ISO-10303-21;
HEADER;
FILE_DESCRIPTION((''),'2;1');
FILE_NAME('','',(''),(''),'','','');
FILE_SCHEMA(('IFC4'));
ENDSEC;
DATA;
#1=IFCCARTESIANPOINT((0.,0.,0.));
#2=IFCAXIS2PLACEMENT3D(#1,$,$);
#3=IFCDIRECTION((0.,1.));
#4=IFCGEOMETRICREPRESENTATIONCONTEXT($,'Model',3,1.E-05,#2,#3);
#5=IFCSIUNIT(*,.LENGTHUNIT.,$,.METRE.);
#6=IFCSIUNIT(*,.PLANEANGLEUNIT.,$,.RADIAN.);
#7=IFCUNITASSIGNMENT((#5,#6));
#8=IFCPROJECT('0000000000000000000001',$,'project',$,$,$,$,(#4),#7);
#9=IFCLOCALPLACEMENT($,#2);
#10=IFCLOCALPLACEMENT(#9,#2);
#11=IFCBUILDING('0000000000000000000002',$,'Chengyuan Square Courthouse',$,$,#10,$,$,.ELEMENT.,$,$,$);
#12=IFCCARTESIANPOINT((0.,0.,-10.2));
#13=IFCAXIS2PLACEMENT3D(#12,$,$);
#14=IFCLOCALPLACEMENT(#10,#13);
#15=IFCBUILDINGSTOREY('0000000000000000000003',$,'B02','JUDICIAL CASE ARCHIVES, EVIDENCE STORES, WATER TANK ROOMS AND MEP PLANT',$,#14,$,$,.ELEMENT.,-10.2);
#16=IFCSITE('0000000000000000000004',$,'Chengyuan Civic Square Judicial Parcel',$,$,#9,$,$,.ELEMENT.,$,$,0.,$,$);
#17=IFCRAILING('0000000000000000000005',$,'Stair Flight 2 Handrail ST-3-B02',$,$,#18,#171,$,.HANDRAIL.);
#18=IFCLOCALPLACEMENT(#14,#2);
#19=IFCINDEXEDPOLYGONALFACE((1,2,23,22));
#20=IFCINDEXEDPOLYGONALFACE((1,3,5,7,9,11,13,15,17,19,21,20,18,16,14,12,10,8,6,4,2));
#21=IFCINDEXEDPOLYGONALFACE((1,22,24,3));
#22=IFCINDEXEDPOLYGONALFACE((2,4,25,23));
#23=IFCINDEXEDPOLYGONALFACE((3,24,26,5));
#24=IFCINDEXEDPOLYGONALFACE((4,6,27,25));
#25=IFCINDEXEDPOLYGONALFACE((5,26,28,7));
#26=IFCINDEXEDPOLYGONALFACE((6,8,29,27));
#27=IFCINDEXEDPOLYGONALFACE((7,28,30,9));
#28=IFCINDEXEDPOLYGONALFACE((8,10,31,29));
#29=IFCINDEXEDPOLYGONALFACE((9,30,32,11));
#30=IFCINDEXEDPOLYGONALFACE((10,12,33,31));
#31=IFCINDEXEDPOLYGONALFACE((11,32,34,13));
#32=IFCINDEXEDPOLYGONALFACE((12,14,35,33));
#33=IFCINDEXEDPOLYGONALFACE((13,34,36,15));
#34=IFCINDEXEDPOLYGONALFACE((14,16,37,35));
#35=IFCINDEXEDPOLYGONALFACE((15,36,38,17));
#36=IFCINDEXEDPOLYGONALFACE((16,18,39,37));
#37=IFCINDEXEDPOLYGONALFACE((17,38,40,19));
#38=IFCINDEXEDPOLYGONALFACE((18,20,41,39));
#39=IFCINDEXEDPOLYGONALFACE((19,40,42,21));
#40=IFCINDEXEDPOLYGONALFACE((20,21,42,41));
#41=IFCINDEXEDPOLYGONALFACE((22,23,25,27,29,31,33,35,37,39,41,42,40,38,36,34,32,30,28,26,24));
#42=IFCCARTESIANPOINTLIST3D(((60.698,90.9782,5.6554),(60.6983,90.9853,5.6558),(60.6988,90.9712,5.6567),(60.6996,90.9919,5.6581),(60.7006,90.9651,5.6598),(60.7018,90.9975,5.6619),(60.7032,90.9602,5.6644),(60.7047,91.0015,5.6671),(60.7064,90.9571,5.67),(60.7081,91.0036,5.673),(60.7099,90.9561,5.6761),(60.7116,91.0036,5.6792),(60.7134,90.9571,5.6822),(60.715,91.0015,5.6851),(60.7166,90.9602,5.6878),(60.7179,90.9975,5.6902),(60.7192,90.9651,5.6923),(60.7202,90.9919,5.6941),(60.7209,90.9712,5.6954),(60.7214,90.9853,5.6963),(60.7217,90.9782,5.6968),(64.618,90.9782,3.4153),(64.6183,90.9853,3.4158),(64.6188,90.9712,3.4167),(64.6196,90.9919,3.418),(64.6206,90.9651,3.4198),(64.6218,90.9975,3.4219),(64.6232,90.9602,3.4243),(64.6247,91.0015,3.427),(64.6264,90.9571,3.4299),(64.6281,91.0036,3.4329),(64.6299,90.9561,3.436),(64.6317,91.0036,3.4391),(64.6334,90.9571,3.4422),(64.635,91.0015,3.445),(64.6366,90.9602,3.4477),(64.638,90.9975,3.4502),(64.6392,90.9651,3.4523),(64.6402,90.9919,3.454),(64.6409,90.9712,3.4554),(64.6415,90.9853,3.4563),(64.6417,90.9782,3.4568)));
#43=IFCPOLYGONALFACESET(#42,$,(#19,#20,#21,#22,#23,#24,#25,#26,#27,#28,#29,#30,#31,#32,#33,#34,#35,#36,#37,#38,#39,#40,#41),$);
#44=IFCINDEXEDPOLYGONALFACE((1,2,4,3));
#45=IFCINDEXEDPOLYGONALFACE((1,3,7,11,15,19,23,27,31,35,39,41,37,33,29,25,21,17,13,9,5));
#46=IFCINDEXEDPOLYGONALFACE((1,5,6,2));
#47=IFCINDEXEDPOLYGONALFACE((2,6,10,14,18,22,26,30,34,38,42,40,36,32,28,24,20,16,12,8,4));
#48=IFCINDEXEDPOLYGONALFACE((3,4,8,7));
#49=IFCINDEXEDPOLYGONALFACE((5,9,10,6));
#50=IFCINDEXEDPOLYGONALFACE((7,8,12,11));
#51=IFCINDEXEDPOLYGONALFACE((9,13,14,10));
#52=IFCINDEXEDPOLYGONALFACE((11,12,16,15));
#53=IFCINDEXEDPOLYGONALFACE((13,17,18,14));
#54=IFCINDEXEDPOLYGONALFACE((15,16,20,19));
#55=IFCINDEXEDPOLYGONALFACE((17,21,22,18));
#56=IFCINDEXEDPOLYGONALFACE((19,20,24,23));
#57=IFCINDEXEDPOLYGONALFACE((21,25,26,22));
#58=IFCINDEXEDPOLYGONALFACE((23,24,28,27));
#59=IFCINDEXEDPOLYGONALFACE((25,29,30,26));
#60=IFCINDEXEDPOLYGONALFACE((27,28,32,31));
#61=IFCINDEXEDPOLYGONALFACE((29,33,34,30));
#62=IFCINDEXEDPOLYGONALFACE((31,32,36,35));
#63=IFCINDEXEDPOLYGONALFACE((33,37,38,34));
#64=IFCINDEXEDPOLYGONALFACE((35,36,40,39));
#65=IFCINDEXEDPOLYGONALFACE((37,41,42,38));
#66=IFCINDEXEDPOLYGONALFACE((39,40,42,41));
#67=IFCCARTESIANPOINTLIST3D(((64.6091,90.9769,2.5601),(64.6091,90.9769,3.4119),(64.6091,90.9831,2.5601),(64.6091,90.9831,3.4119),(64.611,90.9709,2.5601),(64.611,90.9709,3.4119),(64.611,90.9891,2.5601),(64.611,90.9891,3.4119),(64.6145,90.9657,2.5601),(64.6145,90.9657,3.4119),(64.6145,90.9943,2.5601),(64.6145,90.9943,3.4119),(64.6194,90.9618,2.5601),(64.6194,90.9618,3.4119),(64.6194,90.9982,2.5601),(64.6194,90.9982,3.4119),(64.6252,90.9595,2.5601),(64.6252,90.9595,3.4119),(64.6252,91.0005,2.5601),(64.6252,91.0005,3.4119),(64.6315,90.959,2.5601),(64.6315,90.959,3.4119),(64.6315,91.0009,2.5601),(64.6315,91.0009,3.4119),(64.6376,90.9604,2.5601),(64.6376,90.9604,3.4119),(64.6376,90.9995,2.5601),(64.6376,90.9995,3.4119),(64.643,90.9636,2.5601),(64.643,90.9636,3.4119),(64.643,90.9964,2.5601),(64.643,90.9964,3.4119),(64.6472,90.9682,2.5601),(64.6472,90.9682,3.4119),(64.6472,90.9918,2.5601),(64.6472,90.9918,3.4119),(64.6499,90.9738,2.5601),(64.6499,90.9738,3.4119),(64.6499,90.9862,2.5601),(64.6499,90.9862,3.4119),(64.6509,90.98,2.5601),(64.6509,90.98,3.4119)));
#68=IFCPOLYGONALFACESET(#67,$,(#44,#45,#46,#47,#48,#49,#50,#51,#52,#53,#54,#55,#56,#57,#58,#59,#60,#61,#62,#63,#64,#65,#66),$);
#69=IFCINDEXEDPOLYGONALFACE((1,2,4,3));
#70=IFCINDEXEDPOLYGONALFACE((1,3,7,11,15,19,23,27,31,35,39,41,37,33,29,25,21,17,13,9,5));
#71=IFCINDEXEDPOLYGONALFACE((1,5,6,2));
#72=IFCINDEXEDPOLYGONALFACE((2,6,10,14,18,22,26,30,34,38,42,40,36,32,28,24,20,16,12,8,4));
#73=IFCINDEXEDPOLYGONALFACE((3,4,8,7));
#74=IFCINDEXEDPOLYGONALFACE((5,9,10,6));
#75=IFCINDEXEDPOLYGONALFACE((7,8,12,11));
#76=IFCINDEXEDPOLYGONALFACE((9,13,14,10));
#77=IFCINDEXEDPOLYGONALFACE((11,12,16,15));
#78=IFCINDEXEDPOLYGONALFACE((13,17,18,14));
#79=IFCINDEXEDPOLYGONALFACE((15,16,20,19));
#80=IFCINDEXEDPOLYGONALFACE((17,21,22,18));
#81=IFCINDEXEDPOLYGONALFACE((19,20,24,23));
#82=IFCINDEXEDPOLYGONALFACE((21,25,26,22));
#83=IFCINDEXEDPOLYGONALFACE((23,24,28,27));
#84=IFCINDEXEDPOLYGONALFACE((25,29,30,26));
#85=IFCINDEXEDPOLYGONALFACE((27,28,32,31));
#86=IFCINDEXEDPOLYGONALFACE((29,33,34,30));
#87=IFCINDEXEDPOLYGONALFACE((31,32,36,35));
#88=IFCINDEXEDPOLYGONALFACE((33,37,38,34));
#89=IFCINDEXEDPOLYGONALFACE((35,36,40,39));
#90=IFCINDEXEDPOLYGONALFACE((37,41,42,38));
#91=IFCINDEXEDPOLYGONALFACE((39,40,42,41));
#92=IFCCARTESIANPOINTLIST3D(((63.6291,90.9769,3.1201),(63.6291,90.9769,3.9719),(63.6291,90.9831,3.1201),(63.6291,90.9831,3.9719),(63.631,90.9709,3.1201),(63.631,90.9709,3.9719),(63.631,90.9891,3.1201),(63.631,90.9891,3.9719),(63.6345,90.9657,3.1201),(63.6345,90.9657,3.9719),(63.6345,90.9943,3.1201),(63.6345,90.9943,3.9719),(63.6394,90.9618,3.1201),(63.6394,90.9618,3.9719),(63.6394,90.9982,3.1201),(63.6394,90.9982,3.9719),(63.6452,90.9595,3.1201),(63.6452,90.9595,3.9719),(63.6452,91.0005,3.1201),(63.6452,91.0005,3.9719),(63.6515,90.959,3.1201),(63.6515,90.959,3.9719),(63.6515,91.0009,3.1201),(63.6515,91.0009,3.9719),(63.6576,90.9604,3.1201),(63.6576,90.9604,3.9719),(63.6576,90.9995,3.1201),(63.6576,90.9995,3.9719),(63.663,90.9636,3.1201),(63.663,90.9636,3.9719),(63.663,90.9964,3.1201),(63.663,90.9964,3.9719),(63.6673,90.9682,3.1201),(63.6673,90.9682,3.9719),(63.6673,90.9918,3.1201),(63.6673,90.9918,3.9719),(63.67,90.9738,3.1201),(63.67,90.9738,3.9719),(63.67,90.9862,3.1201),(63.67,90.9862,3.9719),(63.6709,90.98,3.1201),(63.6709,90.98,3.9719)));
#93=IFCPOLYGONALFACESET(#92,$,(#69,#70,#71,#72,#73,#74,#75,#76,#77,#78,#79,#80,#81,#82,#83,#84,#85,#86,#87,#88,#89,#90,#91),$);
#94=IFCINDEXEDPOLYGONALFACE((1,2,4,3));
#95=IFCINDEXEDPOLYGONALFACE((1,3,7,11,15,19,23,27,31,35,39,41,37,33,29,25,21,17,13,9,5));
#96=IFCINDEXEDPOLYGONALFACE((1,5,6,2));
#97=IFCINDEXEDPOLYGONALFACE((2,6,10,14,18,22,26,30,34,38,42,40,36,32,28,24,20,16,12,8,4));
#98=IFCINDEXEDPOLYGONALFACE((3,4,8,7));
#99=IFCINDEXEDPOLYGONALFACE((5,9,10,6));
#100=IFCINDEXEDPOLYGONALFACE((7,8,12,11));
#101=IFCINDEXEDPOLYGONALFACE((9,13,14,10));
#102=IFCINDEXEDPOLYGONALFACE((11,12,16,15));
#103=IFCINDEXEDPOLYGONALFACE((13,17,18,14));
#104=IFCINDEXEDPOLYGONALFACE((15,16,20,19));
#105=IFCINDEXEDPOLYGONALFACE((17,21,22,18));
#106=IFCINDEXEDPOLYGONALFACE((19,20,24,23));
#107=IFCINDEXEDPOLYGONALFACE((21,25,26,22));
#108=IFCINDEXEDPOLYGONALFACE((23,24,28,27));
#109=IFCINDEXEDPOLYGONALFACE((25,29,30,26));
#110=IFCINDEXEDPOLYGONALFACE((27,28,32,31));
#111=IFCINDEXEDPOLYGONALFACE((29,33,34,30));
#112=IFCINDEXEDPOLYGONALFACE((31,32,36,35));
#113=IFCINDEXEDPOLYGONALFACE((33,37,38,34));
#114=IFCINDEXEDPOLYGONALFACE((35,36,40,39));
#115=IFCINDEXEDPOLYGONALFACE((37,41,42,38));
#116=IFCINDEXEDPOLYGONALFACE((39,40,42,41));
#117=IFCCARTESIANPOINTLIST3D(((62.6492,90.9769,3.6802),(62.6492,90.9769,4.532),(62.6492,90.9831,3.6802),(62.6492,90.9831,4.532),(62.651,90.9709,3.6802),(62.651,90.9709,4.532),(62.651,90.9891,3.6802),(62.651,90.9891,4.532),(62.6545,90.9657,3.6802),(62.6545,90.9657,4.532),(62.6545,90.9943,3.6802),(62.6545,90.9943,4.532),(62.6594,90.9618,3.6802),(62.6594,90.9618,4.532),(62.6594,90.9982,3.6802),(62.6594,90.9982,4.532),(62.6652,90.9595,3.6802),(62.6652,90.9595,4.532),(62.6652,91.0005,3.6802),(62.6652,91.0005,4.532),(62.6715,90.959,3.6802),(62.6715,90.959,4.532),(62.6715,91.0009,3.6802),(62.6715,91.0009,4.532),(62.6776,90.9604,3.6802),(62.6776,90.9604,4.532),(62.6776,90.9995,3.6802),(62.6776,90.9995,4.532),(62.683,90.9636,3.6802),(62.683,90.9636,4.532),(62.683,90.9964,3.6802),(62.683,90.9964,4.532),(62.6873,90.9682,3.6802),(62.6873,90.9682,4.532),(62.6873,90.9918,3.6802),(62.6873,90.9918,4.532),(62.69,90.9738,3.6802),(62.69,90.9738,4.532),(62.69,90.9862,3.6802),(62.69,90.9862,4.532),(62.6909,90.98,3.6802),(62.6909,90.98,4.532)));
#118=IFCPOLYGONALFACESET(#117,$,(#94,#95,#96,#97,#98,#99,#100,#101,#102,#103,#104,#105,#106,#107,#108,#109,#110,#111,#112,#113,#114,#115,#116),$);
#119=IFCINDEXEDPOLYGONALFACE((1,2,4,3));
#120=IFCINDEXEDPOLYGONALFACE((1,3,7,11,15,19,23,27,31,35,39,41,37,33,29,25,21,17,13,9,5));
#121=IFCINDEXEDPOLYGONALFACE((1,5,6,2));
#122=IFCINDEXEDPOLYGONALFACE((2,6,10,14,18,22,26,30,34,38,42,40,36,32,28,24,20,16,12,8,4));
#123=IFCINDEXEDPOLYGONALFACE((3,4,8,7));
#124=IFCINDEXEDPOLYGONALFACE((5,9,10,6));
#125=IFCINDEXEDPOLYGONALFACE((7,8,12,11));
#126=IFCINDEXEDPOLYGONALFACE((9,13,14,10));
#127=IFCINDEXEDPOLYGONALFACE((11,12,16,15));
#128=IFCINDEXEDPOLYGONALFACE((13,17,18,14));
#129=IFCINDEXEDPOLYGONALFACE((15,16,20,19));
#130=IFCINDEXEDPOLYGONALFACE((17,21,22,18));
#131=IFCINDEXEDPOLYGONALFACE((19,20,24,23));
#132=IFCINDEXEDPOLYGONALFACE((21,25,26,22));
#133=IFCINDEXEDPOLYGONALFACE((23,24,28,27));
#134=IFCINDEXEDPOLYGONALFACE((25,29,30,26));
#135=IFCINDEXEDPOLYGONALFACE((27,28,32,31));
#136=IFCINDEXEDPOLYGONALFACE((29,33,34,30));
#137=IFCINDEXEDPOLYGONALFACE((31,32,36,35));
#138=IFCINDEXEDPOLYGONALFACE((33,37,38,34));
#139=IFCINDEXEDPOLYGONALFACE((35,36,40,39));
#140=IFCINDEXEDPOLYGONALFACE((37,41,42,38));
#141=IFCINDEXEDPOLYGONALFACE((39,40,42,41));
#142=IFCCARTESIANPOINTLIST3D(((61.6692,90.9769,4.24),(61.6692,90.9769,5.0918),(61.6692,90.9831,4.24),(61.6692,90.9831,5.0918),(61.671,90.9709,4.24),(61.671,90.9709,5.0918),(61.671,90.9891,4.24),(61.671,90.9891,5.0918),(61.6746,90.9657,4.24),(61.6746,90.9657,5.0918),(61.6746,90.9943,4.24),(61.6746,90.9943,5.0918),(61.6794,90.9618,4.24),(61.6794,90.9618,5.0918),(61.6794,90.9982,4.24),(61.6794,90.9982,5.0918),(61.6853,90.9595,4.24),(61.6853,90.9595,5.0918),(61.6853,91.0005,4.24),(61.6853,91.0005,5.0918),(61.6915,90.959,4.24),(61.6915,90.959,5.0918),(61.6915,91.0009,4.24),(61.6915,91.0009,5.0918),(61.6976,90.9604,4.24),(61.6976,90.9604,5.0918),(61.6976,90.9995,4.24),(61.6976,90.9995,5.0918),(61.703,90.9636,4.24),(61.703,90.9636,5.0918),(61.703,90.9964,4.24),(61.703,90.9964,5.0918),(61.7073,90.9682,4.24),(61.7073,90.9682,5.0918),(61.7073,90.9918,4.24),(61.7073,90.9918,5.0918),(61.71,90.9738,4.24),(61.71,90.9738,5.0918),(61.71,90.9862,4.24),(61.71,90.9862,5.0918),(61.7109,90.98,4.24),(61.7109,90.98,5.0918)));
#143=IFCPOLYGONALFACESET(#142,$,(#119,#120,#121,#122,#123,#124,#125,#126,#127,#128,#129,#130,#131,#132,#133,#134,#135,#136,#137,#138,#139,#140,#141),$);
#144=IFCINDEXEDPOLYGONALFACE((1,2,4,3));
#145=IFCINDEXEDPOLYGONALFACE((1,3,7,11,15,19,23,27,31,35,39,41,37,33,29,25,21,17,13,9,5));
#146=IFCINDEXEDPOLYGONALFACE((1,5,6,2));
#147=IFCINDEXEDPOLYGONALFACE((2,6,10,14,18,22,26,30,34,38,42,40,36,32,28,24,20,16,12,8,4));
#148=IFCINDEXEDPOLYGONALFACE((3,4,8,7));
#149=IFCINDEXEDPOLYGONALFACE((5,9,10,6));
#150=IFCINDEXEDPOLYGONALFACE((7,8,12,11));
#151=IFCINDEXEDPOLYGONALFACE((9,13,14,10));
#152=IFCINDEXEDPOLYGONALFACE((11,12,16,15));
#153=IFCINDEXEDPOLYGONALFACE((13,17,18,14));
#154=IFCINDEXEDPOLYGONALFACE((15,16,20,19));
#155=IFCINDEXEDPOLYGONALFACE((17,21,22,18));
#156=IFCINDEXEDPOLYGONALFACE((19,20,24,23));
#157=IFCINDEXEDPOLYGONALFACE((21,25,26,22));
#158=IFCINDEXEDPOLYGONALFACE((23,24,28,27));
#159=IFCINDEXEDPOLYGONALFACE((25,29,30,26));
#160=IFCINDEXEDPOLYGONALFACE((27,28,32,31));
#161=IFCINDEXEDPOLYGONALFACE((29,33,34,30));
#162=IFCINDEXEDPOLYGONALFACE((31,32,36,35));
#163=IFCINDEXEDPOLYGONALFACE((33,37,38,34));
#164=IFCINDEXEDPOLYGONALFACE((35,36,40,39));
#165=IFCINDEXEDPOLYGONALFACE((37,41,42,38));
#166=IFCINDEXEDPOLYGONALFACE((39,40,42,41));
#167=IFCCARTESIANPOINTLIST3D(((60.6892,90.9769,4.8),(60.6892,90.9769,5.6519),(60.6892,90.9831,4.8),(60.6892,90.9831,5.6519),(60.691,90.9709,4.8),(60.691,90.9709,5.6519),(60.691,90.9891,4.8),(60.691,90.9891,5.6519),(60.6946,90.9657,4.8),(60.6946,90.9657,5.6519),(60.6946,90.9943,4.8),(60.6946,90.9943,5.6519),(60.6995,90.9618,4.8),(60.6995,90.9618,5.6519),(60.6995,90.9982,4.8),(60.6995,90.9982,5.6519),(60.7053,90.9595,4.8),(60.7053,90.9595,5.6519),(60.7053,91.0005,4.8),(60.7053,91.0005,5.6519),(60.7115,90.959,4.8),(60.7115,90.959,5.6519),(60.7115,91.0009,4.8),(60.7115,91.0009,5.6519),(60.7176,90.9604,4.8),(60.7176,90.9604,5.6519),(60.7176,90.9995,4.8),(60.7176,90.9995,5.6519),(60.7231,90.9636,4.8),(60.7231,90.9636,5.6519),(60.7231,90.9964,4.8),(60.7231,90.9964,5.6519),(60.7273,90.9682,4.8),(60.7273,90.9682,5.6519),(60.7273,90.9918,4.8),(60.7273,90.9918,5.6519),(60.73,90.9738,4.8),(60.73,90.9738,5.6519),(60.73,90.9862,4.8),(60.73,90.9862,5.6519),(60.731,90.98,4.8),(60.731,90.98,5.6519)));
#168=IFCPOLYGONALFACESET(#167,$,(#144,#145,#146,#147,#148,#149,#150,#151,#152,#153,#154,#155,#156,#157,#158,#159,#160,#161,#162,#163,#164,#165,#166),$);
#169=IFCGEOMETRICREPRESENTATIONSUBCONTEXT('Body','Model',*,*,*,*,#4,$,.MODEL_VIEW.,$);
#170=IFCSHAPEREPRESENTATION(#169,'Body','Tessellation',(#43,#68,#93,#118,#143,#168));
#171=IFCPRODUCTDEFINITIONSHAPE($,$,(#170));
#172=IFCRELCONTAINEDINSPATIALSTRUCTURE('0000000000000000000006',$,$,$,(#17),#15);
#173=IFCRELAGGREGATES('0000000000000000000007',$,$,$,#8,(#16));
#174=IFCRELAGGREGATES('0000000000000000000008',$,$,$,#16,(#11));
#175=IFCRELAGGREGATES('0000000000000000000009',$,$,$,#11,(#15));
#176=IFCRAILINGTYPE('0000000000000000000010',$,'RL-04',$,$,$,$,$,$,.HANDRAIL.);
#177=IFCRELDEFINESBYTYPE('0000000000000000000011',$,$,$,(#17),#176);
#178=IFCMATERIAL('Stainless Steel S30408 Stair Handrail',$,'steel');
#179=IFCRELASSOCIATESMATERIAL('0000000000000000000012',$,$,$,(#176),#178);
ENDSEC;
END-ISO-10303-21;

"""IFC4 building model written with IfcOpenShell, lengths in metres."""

from ifc_helpers import new_model, si_unit, direction, frame, origin, origin_2d, place, context, subcontext, project, spatial, circle, extrude, material, type_object, element, save


model = new_model("IFC4")

# Units and contexts
model_context = context("Model", 3, precision=1e-05, world=origin(), true_north=direction((0.0, 1.0)))
body_context = subcontext(model_context, "Body", "Model", "MODEL_VIEW")
ifc_project = project(units=[si_unit("LENGTHUNIT", "METRE"), si_unit("PLANEANGLEUNIT", "RADIAN")], contexts=[model_context])

# Site, building, storey
site_placement = place(None, origin())
site = spatial("IfcSite", under=ifc_project, at=site_placement, Name="Chengyuan Civic Square Judicial Parcel", CompositionType="ELEMENT", RefElevation=0.0)
building_placement = place(site_placement, origin())
building = spatial("IfcBuilding", under=site, at=building_placement, Name="Chengyuan Square Courthouse", CompositionType="ELEMENT")
storey_placement = place(building_placement, frame((0.0, 0.0, -10.2)))
storey = spatial("IfcBuildingStorey", under=building, at=storey_placement, Name="B02", Description="JUDICIAL CASE ARCHIVES, EVIDENCE STORES, WATER TANK ROOMS AND MEP PLANT", CompositionType="ELEMENT", Elevation=-10.2)

# Railing
ifc_material_1 = material(Name="Stainless Steel S30408 Stair Handrail", Category="steel")
railing_type_1 = type_object("IfcRailingType", Name="RL-04", PredefinedType="HANDRAIL", material=ifc_material_1)
railing_1_placement = place(storey_placement, frame((64.6299, 90.98, 2.5601)))
element("IfcRailing", 1, at=railing_1_placement, inside=storey, type_object=railing_type_1, Name="Stair Flight 2 Handrail ST-3-B02", PredefinedType="HANDRAIL", context=body_context, shape_type="SweptSolid", body=[
    extrude(circle(Radius=0.0239, at=origin_2d()), frame((0.0, 0.0, 0.876), z_axis=(-0.86824, 0.0, 0.496145), x_axis=(0.0, -1.0, 0.0)), (0.0, 0.0, 1.0), 4.5149),
    extrude(circle(Radius=0.021, at=origin_2d()), origin(), (0.0, 0.0, 1.0), 0.8518),
    extrude(circle(Radius=0.021, at=origin_2d()), frame((-0.98, 0.0, 0.5601)), (0.0, 0.0, 1.0), 0.8518),
    extrude(circle(Radius=0.021, at=origin_2d()), frame((-1.96, 0.0, 1.1201)), (0.0, 0.0, 1.0), 0.8518),
    extrude(circle(Radius=0.021, at=origin_2d()), frame((-2.9399, 0.0, 1.6799)), (0.0, 0.0, 1.0), 0.8518),
    extrude(circle(Radius=0.021, at=origin_2d()), frame((-3.9199, 0.0, 2.24)), (0.0, 0.0, 1.0), 0.8518),
])

save(model, "model.ifc")
